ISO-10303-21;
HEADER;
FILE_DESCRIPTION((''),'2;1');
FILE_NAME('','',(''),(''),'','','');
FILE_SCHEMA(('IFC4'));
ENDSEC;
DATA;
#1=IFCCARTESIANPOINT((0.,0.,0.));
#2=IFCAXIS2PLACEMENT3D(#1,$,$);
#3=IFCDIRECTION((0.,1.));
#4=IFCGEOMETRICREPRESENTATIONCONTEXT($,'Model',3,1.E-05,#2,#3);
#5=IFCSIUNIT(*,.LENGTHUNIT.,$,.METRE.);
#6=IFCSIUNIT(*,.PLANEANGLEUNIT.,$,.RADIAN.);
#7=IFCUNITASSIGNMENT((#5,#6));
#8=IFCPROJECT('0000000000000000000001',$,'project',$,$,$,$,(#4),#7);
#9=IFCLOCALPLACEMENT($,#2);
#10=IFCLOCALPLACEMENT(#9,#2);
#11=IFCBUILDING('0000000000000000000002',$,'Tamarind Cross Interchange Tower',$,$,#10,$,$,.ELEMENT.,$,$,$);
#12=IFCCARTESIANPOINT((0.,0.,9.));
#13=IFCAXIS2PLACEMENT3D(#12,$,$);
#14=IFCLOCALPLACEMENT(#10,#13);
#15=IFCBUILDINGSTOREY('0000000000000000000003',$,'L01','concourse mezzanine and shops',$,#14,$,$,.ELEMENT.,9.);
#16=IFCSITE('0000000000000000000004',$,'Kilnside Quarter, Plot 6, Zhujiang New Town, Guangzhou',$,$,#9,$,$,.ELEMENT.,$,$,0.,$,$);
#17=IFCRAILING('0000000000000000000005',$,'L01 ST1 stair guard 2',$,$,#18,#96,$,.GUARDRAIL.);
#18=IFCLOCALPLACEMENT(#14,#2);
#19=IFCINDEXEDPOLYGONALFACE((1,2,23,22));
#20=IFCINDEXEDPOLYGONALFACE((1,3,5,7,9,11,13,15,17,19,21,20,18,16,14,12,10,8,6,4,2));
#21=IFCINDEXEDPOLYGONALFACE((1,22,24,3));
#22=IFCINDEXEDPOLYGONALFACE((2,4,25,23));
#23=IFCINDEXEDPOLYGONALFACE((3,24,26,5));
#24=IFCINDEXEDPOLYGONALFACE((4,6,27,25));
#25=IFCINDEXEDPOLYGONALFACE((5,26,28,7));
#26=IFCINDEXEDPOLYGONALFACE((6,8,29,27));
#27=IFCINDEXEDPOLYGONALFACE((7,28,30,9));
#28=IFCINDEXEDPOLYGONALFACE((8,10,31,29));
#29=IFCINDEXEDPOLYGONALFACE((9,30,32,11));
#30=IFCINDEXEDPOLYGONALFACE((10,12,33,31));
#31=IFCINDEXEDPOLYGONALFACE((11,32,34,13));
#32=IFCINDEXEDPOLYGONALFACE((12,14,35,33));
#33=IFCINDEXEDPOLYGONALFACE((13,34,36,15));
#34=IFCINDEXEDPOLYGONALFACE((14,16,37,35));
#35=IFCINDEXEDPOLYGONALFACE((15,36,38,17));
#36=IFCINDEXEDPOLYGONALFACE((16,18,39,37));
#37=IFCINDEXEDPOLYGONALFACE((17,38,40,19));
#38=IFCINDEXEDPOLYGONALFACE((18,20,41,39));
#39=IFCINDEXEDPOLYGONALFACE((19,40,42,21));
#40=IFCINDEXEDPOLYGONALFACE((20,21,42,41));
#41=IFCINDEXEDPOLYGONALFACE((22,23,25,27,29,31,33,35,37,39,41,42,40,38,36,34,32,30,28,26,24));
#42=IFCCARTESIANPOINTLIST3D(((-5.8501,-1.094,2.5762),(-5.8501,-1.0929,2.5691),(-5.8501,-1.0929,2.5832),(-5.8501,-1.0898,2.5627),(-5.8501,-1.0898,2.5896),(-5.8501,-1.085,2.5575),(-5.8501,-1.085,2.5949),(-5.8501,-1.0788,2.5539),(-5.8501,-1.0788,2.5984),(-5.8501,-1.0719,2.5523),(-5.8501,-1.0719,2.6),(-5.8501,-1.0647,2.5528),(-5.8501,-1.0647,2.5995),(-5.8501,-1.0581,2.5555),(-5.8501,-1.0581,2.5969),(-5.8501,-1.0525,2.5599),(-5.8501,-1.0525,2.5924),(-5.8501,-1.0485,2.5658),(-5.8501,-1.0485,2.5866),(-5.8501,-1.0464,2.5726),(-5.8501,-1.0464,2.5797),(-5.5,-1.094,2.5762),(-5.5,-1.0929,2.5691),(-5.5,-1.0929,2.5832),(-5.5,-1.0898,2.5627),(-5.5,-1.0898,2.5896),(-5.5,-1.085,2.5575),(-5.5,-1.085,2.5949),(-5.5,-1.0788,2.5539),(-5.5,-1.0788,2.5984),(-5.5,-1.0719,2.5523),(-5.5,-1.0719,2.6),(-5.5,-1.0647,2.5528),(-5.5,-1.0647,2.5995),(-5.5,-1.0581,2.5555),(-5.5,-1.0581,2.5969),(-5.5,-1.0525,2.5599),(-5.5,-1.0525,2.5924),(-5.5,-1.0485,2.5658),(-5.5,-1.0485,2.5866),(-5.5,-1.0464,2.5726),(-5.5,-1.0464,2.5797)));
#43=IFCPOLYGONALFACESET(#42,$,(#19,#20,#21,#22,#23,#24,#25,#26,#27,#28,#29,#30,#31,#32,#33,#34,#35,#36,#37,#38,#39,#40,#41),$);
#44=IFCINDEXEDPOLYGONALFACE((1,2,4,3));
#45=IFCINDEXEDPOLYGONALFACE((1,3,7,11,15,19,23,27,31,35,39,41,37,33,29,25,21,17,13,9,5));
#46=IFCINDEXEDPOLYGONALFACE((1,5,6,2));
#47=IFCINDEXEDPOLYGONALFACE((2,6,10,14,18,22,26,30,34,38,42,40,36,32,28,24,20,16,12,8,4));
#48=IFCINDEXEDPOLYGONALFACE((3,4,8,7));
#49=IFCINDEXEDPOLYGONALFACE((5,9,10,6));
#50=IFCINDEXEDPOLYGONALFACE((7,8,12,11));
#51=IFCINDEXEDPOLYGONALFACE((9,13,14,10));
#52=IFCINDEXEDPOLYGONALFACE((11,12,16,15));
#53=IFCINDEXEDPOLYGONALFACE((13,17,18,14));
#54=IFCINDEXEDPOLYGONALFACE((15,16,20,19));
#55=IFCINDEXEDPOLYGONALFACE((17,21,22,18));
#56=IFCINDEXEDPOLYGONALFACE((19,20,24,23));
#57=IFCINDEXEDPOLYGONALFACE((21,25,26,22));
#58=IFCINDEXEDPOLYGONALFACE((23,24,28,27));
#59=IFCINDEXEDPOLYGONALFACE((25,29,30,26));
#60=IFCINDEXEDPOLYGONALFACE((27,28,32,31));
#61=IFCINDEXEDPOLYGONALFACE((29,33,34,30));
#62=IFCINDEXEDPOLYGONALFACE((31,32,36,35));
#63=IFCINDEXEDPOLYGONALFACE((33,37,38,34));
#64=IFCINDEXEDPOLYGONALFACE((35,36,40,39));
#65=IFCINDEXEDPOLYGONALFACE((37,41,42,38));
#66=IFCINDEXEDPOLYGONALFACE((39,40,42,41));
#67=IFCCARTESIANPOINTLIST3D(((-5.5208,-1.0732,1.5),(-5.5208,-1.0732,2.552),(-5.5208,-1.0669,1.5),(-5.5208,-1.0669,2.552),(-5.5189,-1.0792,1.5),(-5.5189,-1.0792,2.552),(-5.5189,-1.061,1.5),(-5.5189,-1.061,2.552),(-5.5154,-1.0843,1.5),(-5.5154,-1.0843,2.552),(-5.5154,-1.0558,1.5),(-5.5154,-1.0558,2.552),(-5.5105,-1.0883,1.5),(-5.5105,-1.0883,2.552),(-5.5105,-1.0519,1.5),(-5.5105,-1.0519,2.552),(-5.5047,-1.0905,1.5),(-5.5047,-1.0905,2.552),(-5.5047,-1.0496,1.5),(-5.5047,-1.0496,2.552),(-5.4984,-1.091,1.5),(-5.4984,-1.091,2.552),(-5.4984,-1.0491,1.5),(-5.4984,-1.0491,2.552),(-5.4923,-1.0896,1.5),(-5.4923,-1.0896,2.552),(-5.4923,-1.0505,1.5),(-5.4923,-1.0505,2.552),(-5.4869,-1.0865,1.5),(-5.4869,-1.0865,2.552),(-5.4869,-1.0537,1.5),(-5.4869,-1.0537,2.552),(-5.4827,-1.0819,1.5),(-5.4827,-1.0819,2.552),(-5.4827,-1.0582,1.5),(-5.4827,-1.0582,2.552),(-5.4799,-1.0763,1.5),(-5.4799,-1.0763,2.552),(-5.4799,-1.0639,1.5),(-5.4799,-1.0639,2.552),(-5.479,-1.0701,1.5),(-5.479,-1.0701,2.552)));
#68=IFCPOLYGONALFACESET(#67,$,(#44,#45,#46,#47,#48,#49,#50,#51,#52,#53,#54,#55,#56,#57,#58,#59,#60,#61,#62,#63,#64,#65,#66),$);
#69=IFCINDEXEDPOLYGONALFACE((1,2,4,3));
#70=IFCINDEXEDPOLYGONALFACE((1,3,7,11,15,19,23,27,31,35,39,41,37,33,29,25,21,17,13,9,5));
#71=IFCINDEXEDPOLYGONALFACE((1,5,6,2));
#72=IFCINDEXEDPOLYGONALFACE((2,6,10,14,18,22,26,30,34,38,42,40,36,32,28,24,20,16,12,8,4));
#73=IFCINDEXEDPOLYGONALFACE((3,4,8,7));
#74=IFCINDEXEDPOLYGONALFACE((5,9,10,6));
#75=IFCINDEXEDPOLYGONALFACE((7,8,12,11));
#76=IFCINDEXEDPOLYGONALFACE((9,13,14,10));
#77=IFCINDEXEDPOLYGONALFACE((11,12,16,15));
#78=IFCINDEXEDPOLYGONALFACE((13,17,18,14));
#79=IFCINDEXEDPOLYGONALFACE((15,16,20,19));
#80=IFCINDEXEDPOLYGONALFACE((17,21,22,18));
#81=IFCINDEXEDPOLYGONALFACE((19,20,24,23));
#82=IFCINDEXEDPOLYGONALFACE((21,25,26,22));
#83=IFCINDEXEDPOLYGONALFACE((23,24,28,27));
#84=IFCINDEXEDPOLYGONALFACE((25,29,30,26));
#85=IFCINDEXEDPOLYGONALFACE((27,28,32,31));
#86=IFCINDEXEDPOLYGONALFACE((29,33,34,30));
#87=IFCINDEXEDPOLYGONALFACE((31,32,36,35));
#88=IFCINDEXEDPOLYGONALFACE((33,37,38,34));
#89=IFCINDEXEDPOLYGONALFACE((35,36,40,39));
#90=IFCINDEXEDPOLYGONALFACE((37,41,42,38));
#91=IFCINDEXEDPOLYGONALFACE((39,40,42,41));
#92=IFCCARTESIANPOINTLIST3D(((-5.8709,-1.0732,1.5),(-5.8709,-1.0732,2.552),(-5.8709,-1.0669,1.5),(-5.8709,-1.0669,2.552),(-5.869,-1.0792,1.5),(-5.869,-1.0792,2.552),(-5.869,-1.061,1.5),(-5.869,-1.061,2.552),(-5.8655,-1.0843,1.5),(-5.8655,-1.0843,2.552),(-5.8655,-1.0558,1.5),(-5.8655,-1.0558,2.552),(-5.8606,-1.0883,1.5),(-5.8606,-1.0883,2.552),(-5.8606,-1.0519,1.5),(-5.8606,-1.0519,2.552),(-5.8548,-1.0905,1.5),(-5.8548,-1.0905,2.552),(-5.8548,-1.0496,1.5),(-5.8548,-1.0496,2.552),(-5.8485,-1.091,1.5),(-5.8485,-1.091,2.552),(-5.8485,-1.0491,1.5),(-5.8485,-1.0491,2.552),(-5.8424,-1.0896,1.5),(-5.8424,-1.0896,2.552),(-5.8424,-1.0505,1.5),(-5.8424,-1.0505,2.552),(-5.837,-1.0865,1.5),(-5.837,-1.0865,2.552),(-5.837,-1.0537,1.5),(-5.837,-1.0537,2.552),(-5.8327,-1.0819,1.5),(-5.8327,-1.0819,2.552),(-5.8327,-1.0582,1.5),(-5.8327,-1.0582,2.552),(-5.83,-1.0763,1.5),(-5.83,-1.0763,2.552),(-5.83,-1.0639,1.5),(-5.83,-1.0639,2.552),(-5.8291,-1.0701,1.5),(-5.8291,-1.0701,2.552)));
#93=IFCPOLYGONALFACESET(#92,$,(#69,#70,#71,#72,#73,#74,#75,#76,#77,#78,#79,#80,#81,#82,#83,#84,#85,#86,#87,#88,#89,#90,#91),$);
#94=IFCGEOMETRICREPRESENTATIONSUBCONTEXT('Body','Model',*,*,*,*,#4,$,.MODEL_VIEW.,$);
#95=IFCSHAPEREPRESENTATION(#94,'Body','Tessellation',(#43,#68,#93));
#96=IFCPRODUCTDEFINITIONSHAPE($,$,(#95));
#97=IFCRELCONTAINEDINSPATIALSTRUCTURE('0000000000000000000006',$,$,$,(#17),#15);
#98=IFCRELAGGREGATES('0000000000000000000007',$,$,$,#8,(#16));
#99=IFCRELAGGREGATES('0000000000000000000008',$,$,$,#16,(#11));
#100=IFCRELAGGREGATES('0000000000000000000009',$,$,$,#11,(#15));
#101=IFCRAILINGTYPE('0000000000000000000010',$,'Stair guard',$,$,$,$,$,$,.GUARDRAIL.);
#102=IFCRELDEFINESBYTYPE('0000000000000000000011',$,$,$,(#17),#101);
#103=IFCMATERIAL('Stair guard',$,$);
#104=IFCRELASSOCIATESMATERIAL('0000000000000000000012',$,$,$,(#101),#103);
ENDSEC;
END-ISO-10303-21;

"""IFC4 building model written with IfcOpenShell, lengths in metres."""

from ifc_helpers import new_model, si_unit, direction, frame, origin, origin_2d, place, context, subcontext, project, spatial, circle, extrude, material, type_object, element, save


model = new_model("IFC4")

# Units and contexts
model_context = context("Model", 3, precision=1e-05, world=origin(), true_north=direction((0.0, 1.0)))
body_context = subcontext(model_context, "Body", "Model", "MODEL_VIEW")
ifc_project = project(units=[si_unit("LENGTHUNIT", "METRE"), si_unit("PLANEANGLEUNIT", "RADIAN")], contexts=[model_context])

# Site, building, storey
site_placement = place(None, origin())
site = spatial("IfcSite", under=ifc_project, at=site_placement, Name="Kilnside Quarter, Plot 6, Zhujiang New Town, Guangzhou", CompositionType="ELEMENT", RefElevation=0.0)
building_placement = place(site_placement, origin())
building = spatial("IfcBuilding", under=site, at=building_placement, Name="Tamarind Cross Interchange Tower", CompositionType="ELEMENT")
storey_placement = place(building_placement, frame((0.0, 0.0, 9.0)))
storey = spatial("IfcBuildingStorey", under=building, at=storey_placement, Name="L01", Description="concourse mezzanine and shops", CompositionType="ELEMENT", Elevation=9.0)

# Railing
ifc_material_1 = material(Name="Stair guard")
railing_type_1 = type_object("IfcRailingType", Name="Stair guard", PredefinedType="GUARDRAIL", material=ifc_material_1)
railing_1_placement = place(storey_placement, frame((-5.5, -1.0701, 1.5)))
element("IfcRailing", 1, at=railing_1_placement, inside=storey, type_object=railing_type_1, Name="L01 ST1 stair guard 2", PredefinedType="GUARDRAIL", context=body_context, shape_type="SweptSolid", body=[
    extrude(circle(Radius=0.0239, at=origin_2d()), frame((0.0, 0.0, 1.0762), z_axis=(-1.0, 0.0, 0.0), x_axis=(0.0, -1.0, 0.0)), (0.0, 0.0, 1.0), 0.3501),
    extrude(circle(Radius=0.021, at=origin_2d()), origin(), (0.0, 0.0, 1.0), 1.052),
    extrude(circle(Radius=0.021, at=origin_2d()), frame((-0.3501, 0.0, 0.0)), (0.0, 0.0, 1.0), 1.052),
])

save(model, "model.ifc")
